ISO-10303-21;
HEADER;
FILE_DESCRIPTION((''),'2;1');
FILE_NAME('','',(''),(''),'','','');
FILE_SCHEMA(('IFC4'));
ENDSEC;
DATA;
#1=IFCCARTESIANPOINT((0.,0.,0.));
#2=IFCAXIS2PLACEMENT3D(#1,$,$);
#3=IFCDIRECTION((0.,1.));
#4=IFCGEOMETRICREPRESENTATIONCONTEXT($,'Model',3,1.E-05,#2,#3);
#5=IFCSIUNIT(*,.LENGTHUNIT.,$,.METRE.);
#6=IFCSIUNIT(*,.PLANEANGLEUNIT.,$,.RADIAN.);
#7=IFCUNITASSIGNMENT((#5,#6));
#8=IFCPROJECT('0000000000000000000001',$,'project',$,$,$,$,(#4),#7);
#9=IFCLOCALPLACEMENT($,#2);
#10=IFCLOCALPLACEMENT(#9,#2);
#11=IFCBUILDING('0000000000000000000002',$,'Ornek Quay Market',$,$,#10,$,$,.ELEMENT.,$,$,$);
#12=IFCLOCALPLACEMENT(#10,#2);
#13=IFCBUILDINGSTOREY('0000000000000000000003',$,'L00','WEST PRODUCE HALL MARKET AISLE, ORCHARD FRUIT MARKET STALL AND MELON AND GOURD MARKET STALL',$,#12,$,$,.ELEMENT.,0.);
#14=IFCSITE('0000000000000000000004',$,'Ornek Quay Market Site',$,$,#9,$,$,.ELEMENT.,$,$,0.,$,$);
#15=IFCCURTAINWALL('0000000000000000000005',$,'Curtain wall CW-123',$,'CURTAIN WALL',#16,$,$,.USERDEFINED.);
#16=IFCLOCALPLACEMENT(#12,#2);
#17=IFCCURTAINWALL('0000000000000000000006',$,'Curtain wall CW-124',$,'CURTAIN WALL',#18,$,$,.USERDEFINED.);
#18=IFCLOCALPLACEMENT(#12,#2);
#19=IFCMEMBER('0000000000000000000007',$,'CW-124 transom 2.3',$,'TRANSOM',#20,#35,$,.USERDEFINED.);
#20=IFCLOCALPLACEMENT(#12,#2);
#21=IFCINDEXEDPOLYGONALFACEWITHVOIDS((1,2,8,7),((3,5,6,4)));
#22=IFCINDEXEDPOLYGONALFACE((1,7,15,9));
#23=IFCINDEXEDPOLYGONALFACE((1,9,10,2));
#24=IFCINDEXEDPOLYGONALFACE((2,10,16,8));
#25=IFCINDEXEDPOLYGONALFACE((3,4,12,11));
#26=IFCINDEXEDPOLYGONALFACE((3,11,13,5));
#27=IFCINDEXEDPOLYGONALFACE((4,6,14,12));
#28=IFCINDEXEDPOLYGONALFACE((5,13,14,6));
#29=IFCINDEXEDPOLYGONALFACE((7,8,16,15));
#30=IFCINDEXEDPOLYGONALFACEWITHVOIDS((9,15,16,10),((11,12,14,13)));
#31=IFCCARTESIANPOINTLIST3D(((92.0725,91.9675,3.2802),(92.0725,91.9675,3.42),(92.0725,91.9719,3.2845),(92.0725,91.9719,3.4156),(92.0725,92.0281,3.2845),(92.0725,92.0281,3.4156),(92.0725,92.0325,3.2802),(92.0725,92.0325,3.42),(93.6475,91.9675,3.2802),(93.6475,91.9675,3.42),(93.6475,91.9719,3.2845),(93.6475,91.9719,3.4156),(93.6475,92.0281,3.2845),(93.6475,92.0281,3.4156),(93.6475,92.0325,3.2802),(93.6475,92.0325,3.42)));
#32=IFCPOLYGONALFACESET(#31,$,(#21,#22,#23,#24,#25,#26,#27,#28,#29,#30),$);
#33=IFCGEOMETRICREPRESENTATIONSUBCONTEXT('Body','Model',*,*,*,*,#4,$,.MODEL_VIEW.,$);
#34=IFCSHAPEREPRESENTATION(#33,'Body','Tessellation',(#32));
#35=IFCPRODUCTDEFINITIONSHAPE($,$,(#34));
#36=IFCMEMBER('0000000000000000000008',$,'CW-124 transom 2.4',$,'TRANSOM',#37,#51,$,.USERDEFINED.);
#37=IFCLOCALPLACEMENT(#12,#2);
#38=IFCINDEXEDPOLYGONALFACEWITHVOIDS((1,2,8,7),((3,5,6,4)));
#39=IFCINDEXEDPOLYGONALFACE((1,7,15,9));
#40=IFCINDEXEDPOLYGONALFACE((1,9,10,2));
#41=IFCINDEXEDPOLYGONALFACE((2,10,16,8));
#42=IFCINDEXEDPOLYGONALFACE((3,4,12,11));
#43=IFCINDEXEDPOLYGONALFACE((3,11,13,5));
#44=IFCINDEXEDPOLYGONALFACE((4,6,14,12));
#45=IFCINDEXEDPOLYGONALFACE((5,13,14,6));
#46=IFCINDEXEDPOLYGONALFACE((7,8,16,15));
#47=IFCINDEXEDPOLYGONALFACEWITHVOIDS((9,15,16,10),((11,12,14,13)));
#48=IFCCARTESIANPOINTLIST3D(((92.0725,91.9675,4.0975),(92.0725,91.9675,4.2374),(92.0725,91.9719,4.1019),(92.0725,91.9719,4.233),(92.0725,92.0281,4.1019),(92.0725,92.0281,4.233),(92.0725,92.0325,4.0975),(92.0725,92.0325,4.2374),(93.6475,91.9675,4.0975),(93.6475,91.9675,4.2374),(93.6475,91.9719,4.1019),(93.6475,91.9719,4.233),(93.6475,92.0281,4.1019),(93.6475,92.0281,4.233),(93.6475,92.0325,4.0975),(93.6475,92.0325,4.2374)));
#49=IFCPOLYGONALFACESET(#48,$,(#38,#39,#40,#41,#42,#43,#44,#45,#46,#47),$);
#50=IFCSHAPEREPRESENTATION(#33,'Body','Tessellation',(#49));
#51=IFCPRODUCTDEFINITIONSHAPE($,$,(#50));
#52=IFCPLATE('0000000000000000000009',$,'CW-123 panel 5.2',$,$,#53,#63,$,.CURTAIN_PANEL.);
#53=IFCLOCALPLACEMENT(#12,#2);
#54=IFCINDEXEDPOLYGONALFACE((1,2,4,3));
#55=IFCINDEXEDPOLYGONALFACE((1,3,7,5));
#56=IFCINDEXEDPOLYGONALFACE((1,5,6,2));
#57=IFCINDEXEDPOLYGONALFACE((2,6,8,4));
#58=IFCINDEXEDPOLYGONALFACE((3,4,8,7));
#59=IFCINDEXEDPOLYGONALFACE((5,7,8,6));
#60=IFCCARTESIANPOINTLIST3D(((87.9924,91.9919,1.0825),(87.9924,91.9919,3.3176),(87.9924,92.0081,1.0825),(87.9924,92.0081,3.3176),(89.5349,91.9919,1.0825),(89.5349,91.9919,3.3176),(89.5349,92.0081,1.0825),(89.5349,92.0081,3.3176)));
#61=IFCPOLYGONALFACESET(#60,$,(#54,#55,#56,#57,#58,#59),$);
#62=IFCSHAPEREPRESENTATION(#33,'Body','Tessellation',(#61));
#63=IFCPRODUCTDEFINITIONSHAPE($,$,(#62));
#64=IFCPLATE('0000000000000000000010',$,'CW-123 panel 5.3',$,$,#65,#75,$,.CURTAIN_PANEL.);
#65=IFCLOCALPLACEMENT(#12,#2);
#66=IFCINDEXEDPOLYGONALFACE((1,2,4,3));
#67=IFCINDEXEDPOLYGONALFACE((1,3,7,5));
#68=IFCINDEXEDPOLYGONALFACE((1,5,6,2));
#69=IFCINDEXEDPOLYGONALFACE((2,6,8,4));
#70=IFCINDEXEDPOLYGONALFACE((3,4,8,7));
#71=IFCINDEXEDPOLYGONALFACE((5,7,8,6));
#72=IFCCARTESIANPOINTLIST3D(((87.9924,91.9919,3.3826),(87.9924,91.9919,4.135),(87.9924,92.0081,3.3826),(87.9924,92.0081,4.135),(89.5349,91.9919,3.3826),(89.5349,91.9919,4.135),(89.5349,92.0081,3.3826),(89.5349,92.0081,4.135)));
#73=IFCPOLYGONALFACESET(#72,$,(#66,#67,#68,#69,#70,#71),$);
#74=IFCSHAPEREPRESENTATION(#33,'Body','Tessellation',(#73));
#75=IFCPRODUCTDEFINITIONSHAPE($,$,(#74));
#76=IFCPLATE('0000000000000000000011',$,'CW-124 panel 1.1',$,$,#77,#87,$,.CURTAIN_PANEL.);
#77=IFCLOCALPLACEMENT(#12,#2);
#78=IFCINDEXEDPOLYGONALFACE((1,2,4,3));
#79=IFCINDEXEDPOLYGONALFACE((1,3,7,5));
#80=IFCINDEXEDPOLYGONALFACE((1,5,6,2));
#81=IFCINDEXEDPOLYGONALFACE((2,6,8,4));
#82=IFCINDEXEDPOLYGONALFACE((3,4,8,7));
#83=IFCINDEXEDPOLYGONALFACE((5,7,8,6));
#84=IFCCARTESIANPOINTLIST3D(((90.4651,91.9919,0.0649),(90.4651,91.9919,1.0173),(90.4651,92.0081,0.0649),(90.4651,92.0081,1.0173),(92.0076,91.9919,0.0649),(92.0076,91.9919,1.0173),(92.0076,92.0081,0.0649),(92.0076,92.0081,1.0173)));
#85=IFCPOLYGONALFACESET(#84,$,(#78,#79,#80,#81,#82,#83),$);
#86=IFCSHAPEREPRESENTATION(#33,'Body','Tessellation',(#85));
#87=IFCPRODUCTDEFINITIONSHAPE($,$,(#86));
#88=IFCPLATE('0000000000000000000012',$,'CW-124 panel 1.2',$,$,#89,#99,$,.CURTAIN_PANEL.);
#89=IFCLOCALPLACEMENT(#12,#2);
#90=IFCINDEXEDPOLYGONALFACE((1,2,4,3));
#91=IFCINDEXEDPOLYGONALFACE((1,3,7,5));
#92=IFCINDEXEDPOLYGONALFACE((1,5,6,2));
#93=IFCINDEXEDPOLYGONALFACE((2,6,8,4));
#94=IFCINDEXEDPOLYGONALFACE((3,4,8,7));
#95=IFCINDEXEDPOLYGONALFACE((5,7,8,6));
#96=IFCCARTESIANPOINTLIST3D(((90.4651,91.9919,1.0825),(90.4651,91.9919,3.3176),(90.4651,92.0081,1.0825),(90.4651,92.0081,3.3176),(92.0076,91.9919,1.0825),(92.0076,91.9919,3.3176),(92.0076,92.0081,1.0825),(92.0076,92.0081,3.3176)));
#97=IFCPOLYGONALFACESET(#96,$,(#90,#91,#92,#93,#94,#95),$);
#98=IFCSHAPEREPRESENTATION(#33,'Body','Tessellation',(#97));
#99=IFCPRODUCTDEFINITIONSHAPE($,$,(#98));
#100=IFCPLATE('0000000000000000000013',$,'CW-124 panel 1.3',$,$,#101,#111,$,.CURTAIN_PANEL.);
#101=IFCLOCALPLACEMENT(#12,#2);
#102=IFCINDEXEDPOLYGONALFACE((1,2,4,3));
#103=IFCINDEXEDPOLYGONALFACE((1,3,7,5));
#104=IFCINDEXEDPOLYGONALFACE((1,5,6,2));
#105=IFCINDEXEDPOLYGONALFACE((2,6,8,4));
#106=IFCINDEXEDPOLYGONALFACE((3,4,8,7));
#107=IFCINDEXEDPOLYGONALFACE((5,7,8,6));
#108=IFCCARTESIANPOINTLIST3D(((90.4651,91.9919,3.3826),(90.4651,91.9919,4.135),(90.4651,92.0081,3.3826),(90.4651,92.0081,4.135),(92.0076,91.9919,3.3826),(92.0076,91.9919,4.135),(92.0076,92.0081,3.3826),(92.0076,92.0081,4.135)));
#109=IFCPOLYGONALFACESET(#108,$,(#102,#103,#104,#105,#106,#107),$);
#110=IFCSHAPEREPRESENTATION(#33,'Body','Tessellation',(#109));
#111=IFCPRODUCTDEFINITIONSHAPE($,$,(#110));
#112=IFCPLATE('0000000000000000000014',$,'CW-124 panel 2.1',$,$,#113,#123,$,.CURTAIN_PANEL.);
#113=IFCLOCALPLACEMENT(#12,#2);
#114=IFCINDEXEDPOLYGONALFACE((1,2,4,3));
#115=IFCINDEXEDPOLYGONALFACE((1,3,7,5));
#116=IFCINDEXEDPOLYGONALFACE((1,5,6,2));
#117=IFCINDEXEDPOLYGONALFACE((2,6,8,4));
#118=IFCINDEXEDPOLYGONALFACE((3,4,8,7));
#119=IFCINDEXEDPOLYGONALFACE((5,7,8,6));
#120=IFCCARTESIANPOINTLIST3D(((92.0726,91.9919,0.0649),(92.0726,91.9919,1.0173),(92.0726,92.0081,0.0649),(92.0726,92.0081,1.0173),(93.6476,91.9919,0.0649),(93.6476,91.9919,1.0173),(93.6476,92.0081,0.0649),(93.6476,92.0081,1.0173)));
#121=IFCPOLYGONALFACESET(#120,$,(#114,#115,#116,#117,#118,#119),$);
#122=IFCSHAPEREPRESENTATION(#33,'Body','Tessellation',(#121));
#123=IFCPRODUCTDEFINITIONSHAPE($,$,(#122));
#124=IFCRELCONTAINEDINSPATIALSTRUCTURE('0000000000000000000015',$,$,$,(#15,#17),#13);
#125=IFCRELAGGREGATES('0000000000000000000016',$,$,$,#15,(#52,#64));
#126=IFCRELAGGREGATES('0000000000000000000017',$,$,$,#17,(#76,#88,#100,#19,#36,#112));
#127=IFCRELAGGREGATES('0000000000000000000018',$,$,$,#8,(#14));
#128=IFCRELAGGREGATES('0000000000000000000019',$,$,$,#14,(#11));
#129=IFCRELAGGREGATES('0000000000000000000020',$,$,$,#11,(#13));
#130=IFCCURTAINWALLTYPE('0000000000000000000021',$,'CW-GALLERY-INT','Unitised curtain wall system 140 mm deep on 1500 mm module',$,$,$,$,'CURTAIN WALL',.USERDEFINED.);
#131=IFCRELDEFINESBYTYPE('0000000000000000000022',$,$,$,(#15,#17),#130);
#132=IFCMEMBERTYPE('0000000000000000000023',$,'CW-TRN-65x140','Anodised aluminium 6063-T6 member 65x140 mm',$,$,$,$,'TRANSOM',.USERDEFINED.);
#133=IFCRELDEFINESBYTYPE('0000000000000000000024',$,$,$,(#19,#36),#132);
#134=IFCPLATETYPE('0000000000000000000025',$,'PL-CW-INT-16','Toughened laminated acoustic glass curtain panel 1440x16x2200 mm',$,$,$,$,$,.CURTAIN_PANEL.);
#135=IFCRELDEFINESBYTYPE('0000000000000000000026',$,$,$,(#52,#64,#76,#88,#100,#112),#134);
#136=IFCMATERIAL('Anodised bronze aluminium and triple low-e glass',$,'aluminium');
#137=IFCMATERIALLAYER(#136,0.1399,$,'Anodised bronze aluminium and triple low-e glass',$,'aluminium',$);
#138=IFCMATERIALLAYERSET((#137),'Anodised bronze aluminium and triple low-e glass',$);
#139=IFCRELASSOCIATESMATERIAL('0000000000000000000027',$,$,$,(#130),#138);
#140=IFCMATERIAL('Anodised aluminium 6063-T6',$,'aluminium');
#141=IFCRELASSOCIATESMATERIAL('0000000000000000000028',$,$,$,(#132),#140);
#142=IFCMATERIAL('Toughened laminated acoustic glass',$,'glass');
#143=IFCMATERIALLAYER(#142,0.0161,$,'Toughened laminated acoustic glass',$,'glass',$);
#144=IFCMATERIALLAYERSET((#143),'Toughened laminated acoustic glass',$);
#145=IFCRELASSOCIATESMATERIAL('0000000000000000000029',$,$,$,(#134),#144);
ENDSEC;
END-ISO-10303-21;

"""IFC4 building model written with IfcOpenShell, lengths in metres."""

from ifc_helpers import new_model, si_unit, direction, frame, origin, origin_2d, place, context, subcontext, project, spatial, rectangle, hollow_rectangle, extrude, material, layer, layer_set, material_profile, profile_set, type_object, element, aggregate, save


model = new_model("IFC4")

# Units and contexts
model_context = context("Model", 3, precision=1e-05, world=origin(), true_north=direction((0.0, 1.0)))
body_context = subcontext(model_context, "Body", "Model", "MODEL_VIEW")
ifc_project = project(units=[si_unit("LENGTHUNIT", "METRE"), si_unit("PLANEANGLEUNIT", "RADIAN")], contexts=[model_context])

# Site, building, storey
site_placement = place(None, origin())
site = spatial("IfcSite", under=ifc_project, at=site_placement, Name="Ornek Quay Market Site", CompositionType="ELEMENT", RefElevation=0.0)
building_placement = place(site_placement, origin())
building = spatial("IfcBuilding", under=site, at=building_placement, Name="Ornek Quay Market", CompositionType="ELEMENT")
storey_placement = place(building_placement, origin())
storey = spatial("IfcBuildingStorey", under=building, at=storey_placement, Name="L00", Description="WEST PRODUCE HALL MARKET AISLE, ORCHARD FRUIT MARKET STALL AND MELON AND GOURD MARKET STALL", CompositionType="ELEMENT", Elevation=0.0)

# Curtain wall
ifc_material_1 = material(Name="Anodised bronze aluminium and triple low-e glass", Category="aluminium")
ifc_layer_1 = layer(ifc_material_1, 0.1399, Name="Anodised bronze aluminium and triple low-e glass", Category="aluminium")
ifc_layer_set_1 = layer_set([ifc_layer_1], Name="Anodised bronze aluminium and triple low-e glass")
curtain_wall_type = type_object("IfcCurtainWallType", Name="CW-GALLERY-INT", Description="Unitised curtain wall system 140 mm deep on 1500 mm module", ElementType="CURTAIN WALL", PredefinedType="USERDEFINED", material=ifc_layer_set_1)
curtain_wall_1_placement = place(storey_placement, origin())
curtain_wall_1 = element("IfcCurtainWall", 1, at=curtain_wall_1_placement, inside=storey, type_object=curtain_wall_type, Name="Curtain wall CW-123", ObjectType="CURTAIN WALL", PredefinedType="USERDEFINED")
ifc_material_2 = material(Name="Anodised aluminium 6063-T6", Category="aluminium")

# Curtain wall, members
curtain_wall_2_placement = place(storey_placement, origin())
curtain_wall_2 = element("IfcCurtainWall", 2, at=curtain_wall_2_placement, inside=storey, type_object=curtain_wall_type, Name="Curtain wall CW-124", ObjectType="CURTAIN WALL", PredefinedType="USERDEFINED")
ifc_material_profile_1 = material_profile(ifc_material_2, hollow_rectangle(XDim=0.0649, YDim=0.1399, WallThickness=0.0044, at=origin_2d()), Name="CW-TRN-65x140", Category="aluminium")
ifc_profile_set_1 = profile_set([ifc_material_profile_1], Name="Anodised aluminium 6063-T6")
member_type_1 = type_object("IfcMemberType", Name="CW-TRN-65x140", Description="Anodised aluminium 6063-T6 member 65x140 mm", ElementType="TRANSOM", PredefinedType="USERDEFINED", material=ifc_profile_set_1)
member_1_placement = place(storey_placement, frame((92.0725, 92.0, 3.3501), z_axis=(1.0, 0.0, 0.0), x_axis=(0.0, 1.0, 0.0)))
member_1 = element("IfcMember", 3, at=member_1_placement, type_object=member_type_1, Name="CW-124 transom 2.3", ObjectType="TRANSOM", PredefinedType="USERDEFINED", context=body_context, shape_type="SweptSolid", body=[
    extrude(hollow_rectangle(XDim=0.0649, YDim=0.1399, WallThickness=0.0044, at=origin_2d()), origin(), (0.0, 0.0, 1.0), 1.575),
])
member_2_placement = place(storey_placement, frame((92.0725, 92.0, 4.1675), z_axis=(1.0, 0.0, 0.0), x_axis=(0.0, 1.0, 0.0)))
member_2 = element("IfcMember", 4, at=member_2_placement, type_object=member_type_1, Name="CW-124 transom 2.4", ObjectType="TRANSOM", PredefinedType="USERDEFINED", context=body_context, shape_type="SweptSolid", body=[
    extrude(hollow_rectangle(XDim=0.0649, YDim=0.1399, WallThickness=0.0044, at=origin_2d()), origin(), (0.0, 0.0, 1.0), 1.575),
])

# Plates
ifc_material_3 = material(Name="Toughened laminated acoustic glass", Category="glass")
ifc_layer_2 = layer(ifc_material_3, 0.0161, Name="Toughened laminated acoustic glass", Category="glass")
ifc_layer_set_2 = layer_set([ifc_layer_2], Name="Toughened laminated acoustic glass")
plate_type = type_object("IfcPlateType", Name="PL-CW-INT-16", Description="Toughened laminated acoustic glass curtain panel 1440x16x2200 mm", PredefinedType="CURTAIN_PANEL", material=ifc_layer_set_2)
plate_1_placement = place(storey_placement, frame((88.7637, 92.0, 1.0825), z_axis=(0.0, 0.0, 1.0), x_axis=(1.0, 0.0, 0.0)))
plate_1 = element("IfcPlate", 5, at=plate_1_placement, type_object=plate_type, Name="CW-123 panel 5.2", PredefinedType="CURTAIN_PANEL", context=body_context, shape_type="SweptSolid", body=[
    extrude(rectangle(XDim=1.5425, YDim=0.0161, at=origin_2d()), origin(), (0.0, 0.0, 1.0), 2.2351),
])
plate_2_placement = place(storey_placement, frame((88.7637, 92.0, 3.3826), z_axis=(0.0, 0.0, 1.0), x_axis=(1.0, 0.0, 0.0)))
plate_2 = element("IfcPlate", 6, at=plate_2_placement, type_object=plate_type, Name="CW-123 panel 5.3", PredefinedType="CURTAIN_PANEL", context=body_context, shape_type="SweptSolid", body=[
    extrude(rectangle(XDim=1.5425, YDim=0.0161, at=origin_2d()), origin(), (0.0, 0.0, 1.0), 0.7524),
])
aggregate(curtain_wall_1, [plate_1, plate_2])
plate_3_placement = place(storey_placement, frame((91.2363, 92.0, 0.0649), z_axis=(0.0, 0.0, 1.0), x_axis=(1.0, 0.0, 0.0)))
plate_3 = element("IfcPlate", 7, at=plate_3_placement, type_object=plate_type, Name="CW-124 panel 1.1", PredefinedType="CURTAIN_PANEL", context=body_context, shape_type="SweptSolid", body=[
    extrude(rectangle(XDim=1.5425, YDim=0.0161, at=origin_2d()), origin(), (0.0, 0.0, 1.0), 0.9524),
])
plate_4_placement = place(storey_placement, frame((91.2363, 92.0, 1.0825), z_axis=(0.0, 0.0, 1.0), x_axis=(1.0, 0.0, 0.0)))
plate_4 = element("IfcPlate", 8, at=plate_4_placement, type_object=plate_type, Name="CW-124 panel 1.2", PredefinedType="CURTAIN_PANEL", context=body_context, shape_type="SweptSolid", body=[
    extrude(rectangle(XDim=1.5425, YDim=0.0161, at=origin_2d()), origin(), (0.0, 0.0, 1.0), 2.2351),
])
plate_5_placement = place(storey_placement, frame((91.2363, 92.0, 3.3826), z_axis=(0.0, 0.0, 1.0), x_axis=(1.0, 0.0, 0.0)))
plate_5 = element("IfcPlate", 9, at=plate_5_placement, type_object=plate_type, Name="CW-124 panel 1.3", PredefinedType="CURTAIN_PANEL", context=body_context, shape_type="SweptSolid", body=[
    extrude(rectangle(XDim=1.5425, YDim=0.0161, at=origin_2d()), origin(), (0.0, 0.0, 1.0), 0.7524),
])
plate_6_placement = place(storey_placement, frame((92.8601, 92.0, 0.0649), z_axis=(0.0, 0.0, 1.0), x_axis=(1.0, 0.0, 0.0)))
plate_6 = element("IfcPlate", 10, at=plate_6_placement, type_object=plate_type, Name="CW-124 panel 2.1", PredefinedType="CURTAIN_PANEL", context=body_context, shape_type="SweptSolid", body=[
    extrude(rectangle(XDim=1.575, YDim=0.0161, at=origin_2d()), origin(), (0.0, 0.0, 1.0), 0.9524),
])
aggregate(curtain_wall_2, [plate_3, plate_4, plate_5, member_1, member_2, plate_6])

save(model, "model.ifc")
